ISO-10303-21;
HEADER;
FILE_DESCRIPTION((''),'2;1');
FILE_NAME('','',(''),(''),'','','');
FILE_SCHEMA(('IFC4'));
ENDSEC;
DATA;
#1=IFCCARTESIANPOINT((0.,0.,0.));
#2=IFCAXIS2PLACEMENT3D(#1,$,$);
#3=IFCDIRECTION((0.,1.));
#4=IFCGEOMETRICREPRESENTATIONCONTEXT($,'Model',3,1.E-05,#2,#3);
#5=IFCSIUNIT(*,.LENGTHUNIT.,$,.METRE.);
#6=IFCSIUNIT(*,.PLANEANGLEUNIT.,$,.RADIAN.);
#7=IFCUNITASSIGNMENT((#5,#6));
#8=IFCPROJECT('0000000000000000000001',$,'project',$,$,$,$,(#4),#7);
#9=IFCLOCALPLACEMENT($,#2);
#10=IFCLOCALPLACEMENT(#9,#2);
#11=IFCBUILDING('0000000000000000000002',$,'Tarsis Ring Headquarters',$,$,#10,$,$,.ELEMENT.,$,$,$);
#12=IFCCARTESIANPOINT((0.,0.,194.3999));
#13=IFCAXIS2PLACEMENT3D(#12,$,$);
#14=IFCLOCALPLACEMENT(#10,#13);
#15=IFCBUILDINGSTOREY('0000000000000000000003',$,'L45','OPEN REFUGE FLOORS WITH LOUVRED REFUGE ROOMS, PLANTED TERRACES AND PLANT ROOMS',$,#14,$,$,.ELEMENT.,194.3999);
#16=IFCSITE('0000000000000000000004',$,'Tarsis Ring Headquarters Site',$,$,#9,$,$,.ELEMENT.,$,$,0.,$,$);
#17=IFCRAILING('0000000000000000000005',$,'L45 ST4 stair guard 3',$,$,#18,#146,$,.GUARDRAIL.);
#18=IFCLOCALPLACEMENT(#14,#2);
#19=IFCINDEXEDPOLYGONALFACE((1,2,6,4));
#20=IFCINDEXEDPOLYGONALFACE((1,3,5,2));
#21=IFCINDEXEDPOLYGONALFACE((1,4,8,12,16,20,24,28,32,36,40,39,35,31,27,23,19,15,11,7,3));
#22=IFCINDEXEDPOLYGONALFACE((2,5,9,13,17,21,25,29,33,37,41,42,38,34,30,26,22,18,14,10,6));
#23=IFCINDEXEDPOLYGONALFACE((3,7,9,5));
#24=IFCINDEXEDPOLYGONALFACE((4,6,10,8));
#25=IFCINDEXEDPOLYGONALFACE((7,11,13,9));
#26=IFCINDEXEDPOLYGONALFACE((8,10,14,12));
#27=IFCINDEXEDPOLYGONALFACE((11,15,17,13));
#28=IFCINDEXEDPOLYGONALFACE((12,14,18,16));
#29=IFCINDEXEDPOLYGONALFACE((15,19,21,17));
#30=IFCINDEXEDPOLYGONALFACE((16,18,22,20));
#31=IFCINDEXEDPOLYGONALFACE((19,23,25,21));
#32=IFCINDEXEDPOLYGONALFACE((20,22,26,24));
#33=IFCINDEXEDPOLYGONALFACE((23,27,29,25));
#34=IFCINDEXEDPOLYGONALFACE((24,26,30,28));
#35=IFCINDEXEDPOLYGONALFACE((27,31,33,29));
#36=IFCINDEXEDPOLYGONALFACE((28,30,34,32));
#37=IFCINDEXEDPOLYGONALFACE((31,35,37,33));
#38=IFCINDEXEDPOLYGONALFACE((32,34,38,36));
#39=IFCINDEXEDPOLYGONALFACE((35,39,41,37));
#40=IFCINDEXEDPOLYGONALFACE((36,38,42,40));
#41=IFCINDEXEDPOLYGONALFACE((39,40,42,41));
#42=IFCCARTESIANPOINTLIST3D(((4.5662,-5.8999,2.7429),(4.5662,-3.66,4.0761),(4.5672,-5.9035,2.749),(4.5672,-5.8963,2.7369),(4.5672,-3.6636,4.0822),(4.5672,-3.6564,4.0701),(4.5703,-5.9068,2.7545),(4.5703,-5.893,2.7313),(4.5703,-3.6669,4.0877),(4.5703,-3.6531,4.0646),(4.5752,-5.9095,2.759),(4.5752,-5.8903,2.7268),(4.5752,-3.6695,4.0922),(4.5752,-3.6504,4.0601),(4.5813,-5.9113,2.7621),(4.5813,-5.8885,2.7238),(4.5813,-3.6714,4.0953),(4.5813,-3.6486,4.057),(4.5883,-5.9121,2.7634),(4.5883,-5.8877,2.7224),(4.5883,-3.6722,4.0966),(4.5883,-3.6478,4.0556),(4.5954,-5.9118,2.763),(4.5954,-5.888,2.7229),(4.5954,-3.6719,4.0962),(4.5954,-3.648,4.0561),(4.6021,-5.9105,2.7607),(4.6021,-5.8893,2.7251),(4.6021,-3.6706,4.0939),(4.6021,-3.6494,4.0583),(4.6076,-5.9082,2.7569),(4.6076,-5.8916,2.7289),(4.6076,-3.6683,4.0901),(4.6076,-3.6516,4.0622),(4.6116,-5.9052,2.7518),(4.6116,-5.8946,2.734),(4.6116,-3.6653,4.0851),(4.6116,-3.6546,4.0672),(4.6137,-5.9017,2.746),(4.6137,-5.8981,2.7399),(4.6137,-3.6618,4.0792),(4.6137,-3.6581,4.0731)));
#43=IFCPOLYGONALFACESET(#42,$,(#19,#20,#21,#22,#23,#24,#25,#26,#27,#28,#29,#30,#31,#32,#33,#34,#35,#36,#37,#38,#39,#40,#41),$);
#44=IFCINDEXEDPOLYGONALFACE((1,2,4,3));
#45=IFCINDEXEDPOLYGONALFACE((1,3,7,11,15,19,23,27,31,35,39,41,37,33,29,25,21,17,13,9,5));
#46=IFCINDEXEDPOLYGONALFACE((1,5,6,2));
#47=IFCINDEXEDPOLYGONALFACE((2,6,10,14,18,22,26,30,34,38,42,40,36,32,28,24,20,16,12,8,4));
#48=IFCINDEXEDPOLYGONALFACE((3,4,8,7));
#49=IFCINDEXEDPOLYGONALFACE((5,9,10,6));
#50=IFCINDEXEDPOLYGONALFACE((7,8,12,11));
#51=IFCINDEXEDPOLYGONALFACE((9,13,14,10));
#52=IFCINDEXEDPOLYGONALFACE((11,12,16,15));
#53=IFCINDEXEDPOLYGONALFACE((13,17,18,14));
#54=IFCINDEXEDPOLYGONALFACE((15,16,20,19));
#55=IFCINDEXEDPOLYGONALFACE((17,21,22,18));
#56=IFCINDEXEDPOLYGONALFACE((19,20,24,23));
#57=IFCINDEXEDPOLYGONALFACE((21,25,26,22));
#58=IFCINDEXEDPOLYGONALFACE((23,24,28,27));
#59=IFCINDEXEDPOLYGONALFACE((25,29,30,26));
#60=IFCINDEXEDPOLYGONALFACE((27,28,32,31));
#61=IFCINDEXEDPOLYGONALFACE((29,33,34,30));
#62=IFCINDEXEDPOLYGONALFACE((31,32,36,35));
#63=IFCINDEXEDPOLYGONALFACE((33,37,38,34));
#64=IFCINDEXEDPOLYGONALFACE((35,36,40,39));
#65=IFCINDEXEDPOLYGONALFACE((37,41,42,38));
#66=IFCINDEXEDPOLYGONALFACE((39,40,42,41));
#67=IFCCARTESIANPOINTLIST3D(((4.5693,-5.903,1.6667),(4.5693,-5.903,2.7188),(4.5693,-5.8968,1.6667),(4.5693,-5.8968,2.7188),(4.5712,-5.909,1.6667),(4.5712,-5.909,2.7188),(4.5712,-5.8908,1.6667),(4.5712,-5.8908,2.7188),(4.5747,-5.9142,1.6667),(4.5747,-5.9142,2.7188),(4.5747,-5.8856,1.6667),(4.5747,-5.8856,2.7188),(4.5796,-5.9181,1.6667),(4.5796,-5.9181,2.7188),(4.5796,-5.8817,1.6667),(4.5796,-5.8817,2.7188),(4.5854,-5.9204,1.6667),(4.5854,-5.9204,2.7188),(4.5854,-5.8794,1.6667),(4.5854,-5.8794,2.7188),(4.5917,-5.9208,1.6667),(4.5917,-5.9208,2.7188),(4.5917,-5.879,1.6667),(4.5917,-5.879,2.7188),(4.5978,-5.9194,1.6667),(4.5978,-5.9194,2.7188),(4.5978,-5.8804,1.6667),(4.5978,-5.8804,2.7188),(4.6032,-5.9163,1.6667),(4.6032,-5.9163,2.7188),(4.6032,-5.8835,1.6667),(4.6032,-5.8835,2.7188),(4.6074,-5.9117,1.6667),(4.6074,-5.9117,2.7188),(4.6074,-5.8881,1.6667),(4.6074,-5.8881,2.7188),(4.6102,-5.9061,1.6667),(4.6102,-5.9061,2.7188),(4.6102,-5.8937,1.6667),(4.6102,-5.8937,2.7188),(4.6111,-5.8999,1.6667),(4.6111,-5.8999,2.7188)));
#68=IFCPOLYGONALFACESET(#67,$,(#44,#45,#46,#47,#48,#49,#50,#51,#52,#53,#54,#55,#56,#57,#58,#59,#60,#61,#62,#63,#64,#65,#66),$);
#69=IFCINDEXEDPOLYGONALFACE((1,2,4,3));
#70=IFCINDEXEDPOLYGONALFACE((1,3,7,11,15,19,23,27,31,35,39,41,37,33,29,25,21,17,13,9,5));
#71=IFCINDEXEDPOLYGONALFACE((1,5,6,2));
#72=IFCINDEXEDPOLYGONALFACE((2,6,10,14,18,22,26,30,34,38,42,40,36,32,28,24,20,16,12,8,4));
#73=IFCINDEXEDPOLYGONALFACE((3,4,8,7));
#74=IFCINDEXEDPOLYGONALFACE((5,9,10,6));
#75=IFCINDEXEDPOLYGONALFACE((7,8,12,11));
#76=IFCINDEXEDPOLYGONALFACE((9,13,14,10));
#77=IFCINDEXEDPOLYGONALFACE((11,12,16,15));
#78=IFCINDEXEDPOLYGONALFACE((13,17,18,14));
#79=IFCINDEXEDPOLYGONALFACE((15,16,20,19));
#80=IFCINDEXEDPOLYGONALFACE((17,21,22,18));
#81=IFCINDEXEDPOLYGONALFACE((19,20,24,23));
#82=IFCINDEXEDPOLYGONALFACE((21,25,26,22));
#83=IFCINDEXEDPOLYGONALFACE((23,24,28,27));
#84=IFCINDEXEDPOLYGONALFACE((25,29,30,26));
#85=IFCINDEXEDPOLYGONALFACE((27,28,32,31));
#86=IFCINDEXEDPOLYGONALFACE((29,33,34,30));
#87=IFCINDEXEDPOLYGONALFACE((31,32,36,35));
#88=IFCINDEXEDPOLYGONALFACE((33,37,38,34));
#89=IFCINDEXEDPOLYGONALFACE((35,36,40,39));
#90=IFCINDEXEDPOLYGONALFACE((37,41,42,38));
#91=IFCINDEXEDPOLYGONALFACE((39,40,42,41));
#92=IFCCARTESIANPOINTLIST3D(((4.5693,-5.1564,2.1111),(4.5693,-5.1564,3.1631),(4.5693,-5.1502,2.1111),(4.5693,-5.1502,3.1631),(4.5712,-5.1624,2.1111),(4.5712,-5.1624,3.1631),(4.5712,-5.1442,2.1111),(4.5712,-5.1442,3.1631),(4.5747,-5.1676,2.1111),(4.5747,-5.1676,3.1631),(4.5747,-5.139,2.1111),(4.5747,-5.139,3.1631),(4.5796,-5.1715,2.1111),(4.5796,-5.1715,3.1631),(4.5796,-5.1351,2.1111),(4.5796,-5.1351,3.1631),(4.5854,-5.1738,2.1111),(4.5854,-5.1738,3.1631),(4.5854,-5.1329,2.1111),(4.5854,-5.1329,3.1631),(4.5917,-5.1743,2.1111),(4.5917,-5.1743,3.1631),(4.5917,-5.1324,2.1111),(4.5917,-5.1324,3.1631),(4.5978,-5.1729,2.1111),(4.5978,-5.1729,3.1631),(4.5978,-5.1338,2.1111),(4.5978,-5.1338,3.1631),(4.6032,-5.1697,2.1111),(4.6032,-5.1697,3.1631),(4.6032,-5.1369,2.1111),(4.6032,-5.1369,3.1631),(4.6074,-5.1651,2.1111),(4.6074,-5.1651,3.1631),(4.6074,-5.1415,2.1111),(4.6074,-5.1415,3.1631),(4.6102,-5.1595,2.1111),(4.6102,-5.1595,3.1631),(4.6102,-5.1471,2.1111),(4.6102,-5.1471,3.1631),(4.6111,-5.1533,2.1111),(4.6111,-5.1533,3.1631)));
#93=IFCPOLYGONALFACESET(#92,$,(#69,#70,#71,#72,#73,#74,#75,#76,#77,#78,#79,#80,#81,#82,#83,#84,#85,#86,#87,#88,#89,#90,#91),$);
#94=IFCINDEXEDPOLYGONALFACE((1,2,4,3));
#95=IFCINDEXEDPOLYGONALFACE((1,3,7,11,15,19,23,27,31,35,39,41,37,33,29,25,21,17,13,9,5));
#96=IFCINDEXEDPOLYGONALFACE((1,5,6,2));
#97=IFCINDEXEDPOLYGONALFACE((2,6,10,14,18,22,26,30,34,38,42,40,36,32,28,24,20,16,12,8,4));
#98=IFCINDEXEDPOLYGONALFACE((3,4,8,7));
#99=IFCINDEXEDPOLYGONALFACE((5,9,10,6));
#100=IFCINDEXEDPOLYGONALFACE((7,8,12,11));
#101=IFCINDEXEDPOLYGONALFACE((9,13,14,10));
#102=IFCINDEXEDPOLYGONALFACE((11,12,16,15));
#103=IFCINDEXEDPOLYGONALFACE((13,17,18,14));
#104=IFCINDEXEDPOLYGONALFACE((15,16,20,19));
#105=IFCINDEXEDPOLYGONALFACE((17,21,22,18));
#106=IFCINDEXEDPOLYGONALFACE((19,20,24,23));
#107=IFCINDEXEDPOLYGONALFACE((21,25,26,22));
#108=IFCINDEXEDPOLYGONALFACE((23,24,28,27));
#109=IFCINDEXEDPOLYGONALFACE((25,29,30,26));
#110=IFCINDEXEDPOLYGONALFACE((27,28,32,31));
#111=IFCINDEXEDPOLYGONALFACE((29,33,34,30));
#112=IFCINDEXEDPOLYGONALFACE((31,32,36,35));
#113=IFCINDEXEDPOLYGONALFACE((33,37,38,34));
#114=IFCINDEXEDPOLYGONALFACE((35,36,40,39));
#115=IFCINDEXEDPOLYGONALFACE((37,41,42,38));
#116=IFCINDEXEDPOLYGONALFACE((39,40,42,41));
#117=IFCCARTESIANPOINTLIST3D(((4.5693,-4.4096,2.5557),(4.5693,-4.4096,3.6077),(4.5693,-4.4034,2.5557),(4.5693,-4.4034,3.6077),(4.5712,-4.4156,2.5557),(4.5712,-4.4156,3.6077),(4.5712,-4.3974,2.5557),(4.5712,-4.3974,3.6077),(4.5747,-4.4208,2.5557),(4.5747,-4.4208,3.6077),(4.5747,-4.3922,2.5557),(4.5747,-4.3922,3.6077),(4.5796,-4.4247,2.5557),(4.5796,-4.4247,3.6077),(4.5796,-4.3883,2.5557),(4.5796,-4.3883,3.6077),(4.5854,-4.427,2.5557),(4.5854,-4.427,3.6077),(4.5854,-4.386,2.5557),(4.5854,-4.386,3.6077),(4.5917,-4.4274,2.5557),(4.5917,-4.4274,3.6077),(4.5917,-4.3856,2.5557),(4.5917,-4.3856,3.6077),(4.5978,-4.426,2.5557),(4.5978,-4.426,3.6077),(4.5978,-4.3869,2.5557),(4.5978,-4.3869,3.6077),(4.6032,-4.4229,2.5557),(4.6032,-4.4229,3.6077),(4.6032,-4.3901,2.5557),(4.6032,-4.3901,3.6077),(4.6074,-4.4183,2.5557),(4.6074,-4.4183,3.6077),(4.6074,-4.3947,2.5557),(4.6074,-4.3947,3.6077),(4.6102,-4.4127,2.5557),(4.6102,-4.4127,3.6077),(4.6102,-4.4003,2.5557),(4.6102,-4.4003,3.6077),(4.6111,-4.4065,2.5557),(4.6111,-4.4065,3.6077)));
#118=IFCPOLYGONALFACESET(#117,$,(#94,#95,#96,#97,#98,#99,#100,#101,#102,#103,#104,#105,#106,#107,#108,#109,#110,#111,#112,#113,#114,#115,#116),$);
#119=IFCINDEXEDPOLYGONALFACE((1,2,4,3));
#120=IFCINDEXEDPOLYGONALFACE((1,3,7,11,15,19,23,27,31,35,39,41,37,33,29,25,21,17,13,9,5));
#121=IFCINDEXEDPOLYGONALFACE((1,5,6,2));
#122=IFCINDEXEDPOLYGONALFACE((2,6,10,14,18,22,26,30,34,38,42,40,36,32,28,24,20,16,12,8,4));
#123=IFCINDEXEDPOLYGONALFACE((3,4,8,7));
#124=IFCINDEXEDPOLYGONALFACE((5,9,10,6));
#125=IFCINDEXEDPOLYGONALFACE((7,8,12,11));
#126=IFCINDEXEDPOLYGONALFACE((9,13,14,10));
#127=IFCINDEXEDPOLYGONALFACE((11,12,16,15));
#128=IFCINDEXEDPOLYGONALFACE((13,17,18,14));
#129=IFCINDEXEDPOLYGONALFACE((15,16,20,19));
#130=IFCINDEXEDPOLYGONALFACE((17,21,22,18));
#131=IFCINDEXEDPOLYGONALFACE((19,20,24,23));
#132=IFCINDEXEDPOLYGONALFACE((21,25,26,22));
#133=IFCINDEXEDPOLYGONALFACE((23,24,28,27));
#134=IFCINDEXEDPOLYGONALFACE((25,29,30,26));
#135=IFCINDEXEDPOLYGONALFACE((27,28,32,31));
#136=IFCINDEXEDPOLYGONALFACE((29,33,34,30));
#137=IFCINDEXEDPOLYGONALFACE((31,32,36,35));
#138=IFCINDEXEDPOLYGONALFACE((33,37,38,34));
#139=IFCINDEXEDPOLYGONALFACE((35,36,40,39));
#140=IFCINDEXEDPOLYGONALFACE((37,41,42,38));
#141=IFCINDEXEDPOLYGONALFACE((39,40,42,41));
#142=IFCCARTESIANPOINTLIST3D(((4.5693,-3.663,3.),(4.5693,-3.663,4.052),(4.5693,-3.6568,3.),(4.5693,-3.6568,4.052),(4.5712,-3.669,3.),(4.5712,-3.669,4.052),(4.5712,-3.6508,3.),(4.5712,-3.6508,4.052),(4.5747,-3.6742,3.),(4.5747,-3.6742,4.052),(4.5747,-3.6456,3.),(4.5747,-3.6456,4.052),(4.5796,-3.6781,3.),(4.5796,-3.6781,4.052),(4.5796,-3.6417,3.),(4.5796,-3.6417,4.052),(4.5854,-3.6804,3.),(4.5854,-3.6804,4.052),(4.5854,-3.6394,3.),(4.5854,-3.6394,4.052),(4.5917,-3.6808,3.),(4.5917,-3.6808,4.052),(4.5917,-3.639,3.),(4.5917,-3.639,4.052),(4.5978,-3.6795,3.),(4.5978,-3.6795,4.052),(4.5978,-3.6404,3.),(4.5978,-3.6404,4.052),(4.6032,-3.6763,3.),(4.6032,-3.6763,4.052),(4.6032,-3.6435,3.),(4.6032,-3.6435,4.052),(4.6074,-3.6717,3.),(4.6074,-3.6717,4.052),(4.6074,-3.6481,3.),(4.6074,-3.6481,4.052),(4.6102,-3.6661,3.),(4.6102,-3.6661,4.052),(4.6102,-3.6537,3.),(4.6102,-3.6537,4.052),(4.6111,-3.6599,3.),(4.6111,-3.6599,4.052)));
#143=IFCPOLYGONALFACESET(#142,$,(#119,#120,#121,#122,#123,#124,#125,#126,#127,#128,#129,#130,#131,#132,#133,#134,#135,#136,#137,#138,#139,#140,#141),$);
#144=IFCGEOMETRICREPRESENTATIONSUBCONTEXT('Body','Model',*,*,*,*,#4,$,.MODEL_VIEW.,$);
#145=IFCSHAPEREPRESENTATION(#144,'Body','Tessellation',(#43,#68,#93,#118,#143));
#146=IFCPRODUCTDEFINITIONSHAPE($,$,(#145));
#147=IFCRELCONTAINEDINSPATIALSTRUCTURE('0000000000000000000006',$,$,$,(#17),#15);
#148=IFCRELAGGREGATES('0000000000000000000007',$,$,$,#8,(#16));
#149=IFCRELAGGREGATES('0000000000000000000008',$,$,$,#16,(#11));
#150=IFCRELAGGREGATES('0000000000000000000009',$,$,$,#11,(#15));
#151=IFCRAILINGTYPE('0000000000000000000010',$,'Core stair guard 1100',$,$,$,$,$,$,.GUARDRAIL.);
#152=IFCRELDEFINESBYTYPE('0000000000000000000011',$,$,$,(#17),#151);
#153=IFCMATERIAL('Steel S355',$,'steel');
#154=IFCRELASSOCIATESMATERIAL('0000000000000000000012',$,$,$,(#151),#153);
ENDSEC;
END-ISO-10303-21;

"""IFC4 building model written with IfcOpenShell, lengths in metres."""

from ifc_helpers import new_model, si_unit, direction, frame, origin, origin_2d, place, context, subcontext, project, spatial, circle, extrude, material, type_object, element, save


model = new_model("IFC4")

# Units and contexts
model_context = context("Model", 3, precision=1e-05, world=origin(), true_north=direction((0.0, 1.0)))
body_context = subcontext(model_context, "Body", "Model", "MODEL_VIEW")
ifc_project = project(units=[si_unit("LENGTHUNIT", "METRE"), si_unit("PLANEANGLEUNIT", "RADIAN")], contexts=[model_context])

# Site, building, storey
site_placement = place(None, origin())
site = spatial("IfcSite", under=ifc_project, at=site_placement, Name="Tarsis Ring Headquarters Site", CompositionType="ELEMENT", RefElevation=0.0)
building_placement = place(site_placement, origin())
building = spatial("IfcBuilding", under=site, at=building_placement, Name="Tarsis Ring Headquarters", CompositionType="ELEMENT")
storey_placement = place(building_placement, frame((0.0, 0.0, 194.3999)))
storey = spatial("IfcBuildingStorey", under=building, at=storey_placement, Name="L45", Description="OPEN REFUGE FLOORS WITH LOUVRED REFUGE ROOMS, PLANTED TERRACES AND PLANT ROOMS", CompositionType="ELEMENT", Elevation=194.3999)

# Railing
ifc_material_1 = material(Name="Steel S355", Category="steel")
railing_type_1 = type_object("IfcRailingType", Name="Core stair guard 1100", PredefinedType="GUARDRAIL", material=ifc_material_1)
railing_1_placement = place(storey_placement, frame((4.5901, -5.8999, 1.6667)))
element("IfcRailing", 1, at=railing_1_placement, inside=storey, type_object=railing_type_1, Name="L45 ST4 stair guard 3", PredefinedType="GUARDRAIL", context=body_context, shape_type="SweptSolid", body=[
    extrude(circle(Radius=0.0239, at=origin_2d()), frame((0.0, 0.0, 1.0762), z_axis=(0.0, 0.859306, 0.511462), x_axis=(-1.0, 0.0, 0.0)), (0.0, 0.0, 1.0), 2.6067),
    extrude(circle(Radius=0.021, at=origin_2d()), origin(), (0.0, 0.0, 1.0), 1.052),
    extrude(circle(Radius=0.021, at=origin_2d()), frame((0.0, 0.7466, 0.4443)), (0.0, 0.0, 1.0), 1.052),
    extrude(circle(Radius=0.021, at=origin_2d()), frame((0.0, 1.4934, 0.8889)), (0.0, 0.0, 1.0), 1.052),
    extrude(circle(Radius=0.021, at=origin_2d()), frame((0.0, 2.24, 1.3333)), (0.0, 0.0, 1.0), 1.052),
])

save(model, "model.ifc")
